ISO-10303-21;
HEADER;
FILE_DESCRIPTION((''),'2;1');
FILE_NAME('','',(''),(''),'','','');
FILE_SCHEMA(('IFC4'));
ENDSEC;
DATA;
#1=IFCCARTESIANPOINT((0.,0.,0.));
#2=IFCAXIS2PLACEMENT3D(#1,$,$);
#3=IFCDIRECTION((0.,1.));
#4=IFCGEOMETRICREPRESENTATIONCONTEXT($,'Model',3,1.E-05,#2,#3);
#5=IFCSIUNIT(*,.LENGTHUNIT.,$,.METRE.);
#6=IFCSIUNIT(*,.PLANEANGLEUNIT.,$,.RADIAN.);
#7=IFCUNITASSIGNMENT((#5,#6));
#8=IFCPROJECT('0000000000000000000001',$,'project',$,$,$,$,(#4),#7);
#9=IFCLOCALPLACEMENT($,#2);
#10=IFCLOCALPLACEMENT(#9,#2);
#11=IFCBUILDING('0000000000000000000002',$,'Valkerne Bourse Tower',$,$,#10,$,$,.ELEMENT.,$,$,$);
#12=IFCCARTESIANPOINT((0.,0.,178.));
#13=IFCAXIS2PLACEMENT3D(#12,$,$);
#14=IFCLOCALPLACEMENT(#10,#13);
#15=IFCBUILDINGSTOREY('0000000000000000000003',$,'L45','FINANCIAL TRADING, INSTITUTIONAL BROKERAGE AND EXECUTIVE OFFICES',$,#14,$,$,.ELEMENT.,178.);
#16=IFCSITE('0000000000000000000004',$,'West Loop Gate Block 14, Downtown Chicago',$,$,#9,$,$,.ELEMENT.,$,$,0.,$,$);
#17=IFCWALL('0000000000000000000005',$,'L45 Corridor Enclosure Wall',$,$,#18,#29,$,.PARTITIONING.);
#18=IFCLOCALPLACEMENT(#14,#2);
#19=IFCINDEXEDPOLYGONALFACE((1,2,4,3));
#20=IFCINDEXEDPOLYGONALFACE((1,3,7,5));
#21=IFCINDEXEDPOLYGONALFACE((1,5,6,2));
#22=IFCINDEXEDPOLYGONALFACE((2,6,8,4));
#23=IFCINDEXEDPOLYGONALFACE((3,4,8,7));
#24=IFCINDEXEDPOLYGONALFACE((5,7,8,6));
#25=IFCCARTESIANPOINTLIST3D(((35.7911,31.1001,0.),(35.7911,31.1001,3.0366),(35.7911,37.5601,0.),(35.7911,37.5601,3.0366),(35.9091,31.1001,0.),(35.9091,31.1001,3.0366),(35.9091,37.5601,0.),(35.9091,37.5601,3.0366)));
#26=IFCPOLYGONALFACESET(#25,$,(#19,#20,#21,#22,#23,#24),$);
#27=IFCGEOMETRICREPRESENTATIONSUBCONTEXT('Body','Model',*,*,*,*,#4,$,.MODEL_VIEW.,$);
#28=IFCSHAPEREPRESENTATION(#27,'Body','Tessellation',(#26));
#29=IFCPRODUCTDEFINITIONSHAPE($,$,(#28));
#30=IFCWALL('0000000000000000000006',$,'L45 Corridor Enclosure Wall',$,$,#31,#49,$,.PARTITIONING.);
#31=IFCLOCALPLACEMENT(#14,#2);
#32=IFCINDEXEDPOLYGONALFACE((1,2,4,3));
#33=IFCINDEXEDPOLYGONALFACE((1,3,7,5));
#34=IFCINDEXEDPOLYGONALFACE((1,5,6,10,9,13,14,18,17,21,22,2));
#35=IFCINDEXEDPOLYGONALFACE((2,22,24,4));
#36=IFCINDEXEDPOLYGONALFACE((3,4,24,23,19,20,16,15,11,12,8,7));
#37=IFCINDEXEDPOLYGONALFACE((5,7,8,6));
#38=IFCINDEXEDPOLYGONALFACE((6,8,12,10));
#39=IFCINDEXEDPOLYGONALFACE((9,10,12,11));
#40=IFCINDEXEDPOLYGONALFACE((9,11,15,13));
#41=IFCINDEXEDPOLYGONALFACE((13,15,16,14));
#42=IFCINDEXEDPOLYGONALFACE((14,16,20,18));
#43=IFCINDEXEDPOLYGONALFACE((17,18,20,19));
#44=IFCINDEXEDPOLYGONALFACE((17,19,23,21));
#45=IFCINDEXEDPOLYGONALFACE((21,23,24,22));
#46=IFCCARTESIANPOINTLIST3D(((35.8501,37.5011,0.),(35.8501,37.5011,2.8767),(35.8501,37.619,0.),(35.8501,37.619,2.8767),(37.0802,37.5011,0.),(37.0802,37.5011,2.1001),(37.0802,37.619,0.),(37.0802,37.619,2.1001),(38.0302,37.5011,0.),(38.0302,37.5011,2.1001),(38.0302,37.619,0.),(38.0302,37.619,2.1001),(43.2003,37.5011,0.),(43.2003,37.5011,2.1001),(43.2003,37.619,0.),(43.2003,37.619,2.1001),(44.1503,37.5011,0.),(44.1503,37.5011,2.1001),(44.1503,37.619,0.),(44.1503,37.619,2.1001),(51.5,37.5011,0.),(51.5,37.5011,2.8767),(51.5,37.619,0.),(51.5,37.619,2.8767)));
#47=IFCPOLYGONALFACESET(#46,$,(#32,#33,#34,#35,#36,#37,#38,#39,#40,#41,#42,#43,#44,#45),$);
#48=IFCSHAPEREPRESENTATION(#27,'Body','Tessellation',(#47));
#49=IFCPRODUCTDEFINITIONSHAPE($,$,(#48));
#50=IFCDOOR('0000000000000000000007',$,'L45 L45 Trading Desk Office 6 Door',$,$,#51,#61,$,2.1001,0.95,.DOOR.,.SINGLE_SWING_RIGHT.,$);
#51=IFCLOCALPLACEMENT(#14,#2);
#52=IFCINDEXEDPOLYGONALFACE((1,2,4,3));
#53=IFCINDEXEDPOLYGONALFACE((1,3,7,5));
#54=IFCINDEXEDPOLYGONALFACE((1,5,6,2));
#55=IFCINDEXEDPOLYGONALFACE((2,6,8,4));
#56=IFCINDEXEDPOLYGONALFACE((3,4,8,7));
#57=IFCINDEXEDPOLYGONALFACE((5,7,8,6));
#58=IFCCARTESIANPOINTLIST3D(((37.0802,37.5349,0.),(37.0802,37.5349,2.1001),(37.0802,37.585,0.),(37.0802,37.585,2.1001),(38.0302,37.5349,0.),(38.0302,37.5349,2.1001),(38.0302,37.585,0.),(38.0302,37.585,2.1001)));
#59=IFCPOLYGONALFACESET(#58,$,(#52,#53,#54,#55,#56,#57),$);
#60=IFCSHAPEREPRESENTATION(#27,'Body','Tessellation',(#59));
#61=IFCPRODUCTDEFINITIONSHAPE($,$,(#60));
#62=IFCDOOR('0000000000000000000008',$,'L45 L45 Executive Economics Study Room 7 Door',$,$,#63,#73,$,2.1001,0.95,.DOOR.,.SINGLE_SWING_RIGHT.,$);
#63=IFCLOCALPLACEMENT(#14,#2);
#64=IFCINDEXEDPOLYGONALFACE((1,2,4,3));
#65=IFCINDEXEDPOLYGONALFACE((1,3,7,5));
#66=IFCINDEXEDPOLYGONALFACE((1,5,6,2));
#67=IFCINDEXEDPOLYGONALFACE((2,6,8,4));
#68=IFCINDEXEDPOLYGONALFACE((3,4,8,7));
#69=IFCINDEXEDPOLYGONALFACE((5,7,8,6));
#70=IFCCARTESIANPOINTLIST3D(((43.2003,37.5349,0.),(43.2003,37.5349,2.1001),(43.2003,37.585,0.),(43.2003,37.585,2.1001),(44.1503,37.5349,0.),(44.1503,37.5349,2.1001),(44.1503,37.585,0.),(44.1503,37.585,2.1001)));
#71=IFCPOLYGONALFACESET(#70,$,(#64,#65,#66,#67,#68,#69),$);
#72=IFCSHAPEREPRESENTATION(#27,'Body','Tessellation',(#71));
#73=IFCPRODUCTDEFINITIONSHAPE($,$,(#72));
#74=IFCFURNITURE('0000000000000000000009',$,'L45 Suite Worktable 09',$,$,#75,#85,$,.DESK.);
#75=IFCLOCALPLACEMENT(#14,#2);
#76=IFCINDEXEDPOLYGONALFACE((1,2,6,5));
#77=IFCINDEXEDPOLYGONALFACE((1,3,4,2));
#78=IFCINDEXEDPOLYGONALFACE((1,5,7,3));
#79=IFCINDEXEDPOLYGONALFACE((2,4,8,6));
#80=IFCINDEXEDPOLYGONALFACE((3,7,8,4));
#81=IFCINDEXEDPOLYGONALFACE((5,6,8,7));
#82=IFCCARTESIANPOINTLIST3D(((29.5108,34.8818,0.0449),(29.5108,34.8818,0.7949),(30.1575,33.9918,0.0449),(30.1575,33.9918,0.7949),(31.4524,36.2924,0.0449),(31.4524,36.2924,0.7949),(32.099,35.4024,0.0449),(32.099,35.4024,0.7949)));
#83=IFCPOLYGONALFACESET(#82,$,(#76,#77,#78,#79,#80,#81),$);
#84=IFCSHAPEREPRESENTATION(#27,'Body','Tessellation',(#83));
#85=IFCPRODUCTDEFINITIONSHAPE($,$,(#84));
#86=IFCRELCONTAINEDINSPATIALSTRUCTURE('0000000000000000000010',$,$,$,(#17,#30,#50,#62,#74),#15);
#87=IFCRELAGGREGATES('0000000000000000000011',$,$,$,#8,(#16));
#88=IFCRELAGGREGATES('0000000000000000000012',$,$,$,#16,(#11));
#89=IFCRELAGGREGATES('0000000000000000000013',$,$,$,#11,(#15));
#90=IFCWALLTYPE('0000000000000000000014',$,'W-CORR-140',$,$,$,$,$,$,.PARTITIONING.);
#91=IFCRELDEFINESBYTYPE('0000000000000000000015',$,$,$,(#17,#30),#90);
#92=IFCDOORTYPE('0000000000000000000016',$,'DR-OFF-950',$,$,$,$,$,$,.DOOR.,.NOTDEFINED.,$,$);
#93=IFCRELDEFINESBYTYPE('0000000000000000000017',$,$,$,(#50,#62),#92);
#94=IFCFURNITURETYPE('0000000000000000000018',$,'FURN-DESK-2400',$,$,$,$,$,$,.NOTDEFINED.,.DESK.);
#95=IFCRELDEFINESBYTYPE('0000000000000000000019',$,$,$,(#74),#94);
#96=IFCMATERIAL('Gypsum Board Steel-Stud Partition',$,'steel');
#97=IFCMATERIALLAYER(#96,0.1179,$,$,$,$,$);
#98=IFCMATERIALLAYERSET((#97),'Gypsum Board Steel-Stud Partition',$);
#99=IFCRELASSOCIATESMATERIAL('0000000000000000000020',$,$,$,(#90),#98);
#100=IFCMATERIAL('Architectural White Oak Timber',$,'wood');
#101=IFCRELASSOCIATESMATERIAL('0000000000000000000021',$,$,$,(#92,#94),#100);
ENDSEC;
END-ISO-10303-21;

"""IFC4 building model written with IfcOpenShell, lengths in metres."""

from ifc_helpers import new_model, si_unit, direction, frame, frame_2d, origin, origin_2d, place, context, subcontext, project, spatial, rectangle, extrude, material, layer, layer_set, type_object, element, fill, save


model = new_model("IFC4")

# Units and contexts
model_context = context("Model", 3, precision=1e-05, world=origin(), true_north=direction((0.0, 1.0)))
body_context = subcontext(model_context, "Body", "Model", "MODEL_VIEW")
ifc_project = project(units=[si_unit("LENGTHUNIT", "METRE"), si_unit("PLANEANGLEUNIT", "RADIAN")], contexts=[model_context])

# Site, building, storey
site_placement = place(None, origin())
site = spatial("IfcSite", under=ifc_project, at=site_placement, Name="West Loop Gate Block 14, Downtown Chicago", CompositionType="ELEMENT", RefElevation=0.0)
building_placement = place(site_placement, origin())
building = spatial("IfcBuilding", under=site, at=building_placement, Name="Valkerne Bourse Tower", CompositionType="ELEMENT")
storey_placement = place(building_placement, frame((0.0, 0.0, 178.0)))
storey = spatial("IfcBuildingStorey", under=building, at=storey_placement, Name="L45", Description="FINANCIAL TRADING, INSTITUTIONAL BROKERAGE AND EXECUTIVE OFFICES", CompositionType="ELEMENT", Elevation=178.0)

# Wall
ifc_material_1 = material(Name="Gypsum Board Steel-Stud Partition", Category="steel")
ifc_layer_1 = layer(ifc_material_1, 0.1179)
ifc_layer_set_1 = layer_set([ifc_layer_1], Name="Gypsum Board Steel-Stud Partition")
wall_type_1 = type_object("IfcWallType", Name="W-CORR-140", PredefinedType="PARTITIONING", material=ifc_layer_set_1)
wall_1_placement = place(storey_placement, frame((35.8501, 31.1001, 0.0), z_axis=(0.0, 0.0, 1.0), x_axis=(0.0, 1.0, 0.0)))
element("IfcWall", 1, at=wall_1_placement, inside=storey, type_object=wall_type_1, Name="L45 Corridor Enclosure Wall", PredefinedType="PARTITIONING", context=body_context, shape_type="SweptSolid", body=[
    extrude(rectangle(XDim=6.46, YDim=0.1179, at=frame_2d((3.23, 0.0))), origin(), (0.0, 0.0, 1.0), 3.0366),
])

# Wall, openings, doors
wall_2_placement = place(storey_placement, frame((35.8501, 37.5601, 0.0), z_axis=(0.0, 0.0, 1.0), x_axis=(1.0, 0.0, 0.0)))
wall_2 = element("IfcWall", 2, at=wall_2_placement, inside=storey, type_object=wall_type_1, Name="L45 Corridor Enclosure Wall", PredefinedType="PARTITIONING", context=body_context, shape_type="SweptSolid", body=[
    extrude(rectangle(XDim=15.6499, YDim=0.1179, at=frame_2d((7.825, 0.0))), origin(), (0.0, 0.0, 1.0), 2.8767),
])
opening_1_placement = place(wall_2_placement, frame((1.23, 0.0, 0.0)))
opening_1 = element("IfcOpeningElement", 3, at=opening_1_placement, cuts=wall_2, PredefinedType="OPENING", context=body_context, shape_type="SweptSolid", body=[
    extrude(rectangle(XDim=0.95, YDim=2.1001, at=frame_2d((0.4751, 1.05))), frame((0.0, 0.0688, 0.0), z_axis=(0.0, -1.0, 0.0), x_axis=(1.0, 0.0, 0.0)), (0.0, 0.0, 1.0), 0.1379),
])
opening_2_placement = place(wall_2_placement, frame((7.3501, 0.0, 0.0)))
opening_2 = element("IfcOpeningElement", 4, at=opening_2_placement, cuts=wall_2, PredefinedType="OPENING", context=body_context, shape_type="SweptSolid", body=[
    extrude(rectangle(XDim=0.95, YDim=2.1001, at=frame_2d((0.4751, 1.05))), frame((0.0, 0.0688, 0.0), z_axis=(0.0, -1.0, 0.0), x_axis=(1.0, 0.0, 0.0)), (0.0, 0.0, 1.0), 0.1379),
])
ifc_material_2 = material(Name="Architectural White Oak Timber", Category="wood")
door_type_1 = type_object("IfcDoorType", Name="DR-OFF-950", OperationType="NOTDEFINED", PredefinedType="DOOR", material=ifc_material_2)
door_1_placement = place(opening_1_placement, origin())
door_1 = element("IfcDoor", 5, at=door_1_placement, inside=storey, type_object=door_type_1, Name="L45 L45 Trading Desk Office 6 Door", OperationType="SINGLE_SWING_RIGHT", OverallHeight=2.1001, OverallWidth=0.95, PredefinedType="DOOR", context=body_context, shape_type="SweptSolid", body=[
    extrude(rectangle(XDim=0.95, YDim=2.1001, at=frame_2d((0.4751, 1.05))), frame((0.0, 0.0249, 0.0), z_axis=(0.0, -1.0, 0.0), x_axis=(1.0, 0.0, 0.0)), (0.0, 0.0, 1.0), 0.05),
])
fill(opening_1, door_1)
door_2_placement = place(opening_2_placement, origin())
door_2 = element("IfcDoor", 6, at=door_2_placement, inside=storey, type_object=door_type_1, Name="L45 L45 Executive Economics Study Room 7 Door", OperationType="SINGLE_SWING_RIGHT", OverallHeight=2.1001, OverallWidth=0.95, PredefinedType="DOOR", context=body_context, shape_type="SweptSolid", body=[
    extrude(rectangle(XDim=0.95, YDim=2.1001, at=frame_2d((0.4751, 1.05))), frame((0.0, 0.0249, 0.0), z_axis=(0.0, -1.0, 0.0), x_axis=(1.0, 0.0, 0.0)), (0.0, 0.0, 1.0), 0.05),
])
fill(opening_2, door_2)

# Furniture
furniture_type = type_object("IfcFurnitureType", Name="FURN-DESK-2400", AssemblyPlace="NOTDEFINED", PredefinedType="DESK", material=ifc_material_2)
furniture_placement = place(storey_placement, frame((30.8049, 35.1421, 0.0449), z_axis=(0.0, 0.0, 1.0), x_axis=(0.809017, 0.587785, 0.0)))
element("IfcFurniture", 7, at=furniture_placement, inside=storey, type_object=furniture_type, Name="L45 Suite Worktable 09", PredefinedType="DESK", context=body_context, shape_type="SweptSolid", body=[
    extrude(rectangle(XDim=2.3999, YDim=1.1001, at=origin_2d()), origin(), (0.0, 0.0, 1.0), 0.75),
])

save(model, "model.ifc")
